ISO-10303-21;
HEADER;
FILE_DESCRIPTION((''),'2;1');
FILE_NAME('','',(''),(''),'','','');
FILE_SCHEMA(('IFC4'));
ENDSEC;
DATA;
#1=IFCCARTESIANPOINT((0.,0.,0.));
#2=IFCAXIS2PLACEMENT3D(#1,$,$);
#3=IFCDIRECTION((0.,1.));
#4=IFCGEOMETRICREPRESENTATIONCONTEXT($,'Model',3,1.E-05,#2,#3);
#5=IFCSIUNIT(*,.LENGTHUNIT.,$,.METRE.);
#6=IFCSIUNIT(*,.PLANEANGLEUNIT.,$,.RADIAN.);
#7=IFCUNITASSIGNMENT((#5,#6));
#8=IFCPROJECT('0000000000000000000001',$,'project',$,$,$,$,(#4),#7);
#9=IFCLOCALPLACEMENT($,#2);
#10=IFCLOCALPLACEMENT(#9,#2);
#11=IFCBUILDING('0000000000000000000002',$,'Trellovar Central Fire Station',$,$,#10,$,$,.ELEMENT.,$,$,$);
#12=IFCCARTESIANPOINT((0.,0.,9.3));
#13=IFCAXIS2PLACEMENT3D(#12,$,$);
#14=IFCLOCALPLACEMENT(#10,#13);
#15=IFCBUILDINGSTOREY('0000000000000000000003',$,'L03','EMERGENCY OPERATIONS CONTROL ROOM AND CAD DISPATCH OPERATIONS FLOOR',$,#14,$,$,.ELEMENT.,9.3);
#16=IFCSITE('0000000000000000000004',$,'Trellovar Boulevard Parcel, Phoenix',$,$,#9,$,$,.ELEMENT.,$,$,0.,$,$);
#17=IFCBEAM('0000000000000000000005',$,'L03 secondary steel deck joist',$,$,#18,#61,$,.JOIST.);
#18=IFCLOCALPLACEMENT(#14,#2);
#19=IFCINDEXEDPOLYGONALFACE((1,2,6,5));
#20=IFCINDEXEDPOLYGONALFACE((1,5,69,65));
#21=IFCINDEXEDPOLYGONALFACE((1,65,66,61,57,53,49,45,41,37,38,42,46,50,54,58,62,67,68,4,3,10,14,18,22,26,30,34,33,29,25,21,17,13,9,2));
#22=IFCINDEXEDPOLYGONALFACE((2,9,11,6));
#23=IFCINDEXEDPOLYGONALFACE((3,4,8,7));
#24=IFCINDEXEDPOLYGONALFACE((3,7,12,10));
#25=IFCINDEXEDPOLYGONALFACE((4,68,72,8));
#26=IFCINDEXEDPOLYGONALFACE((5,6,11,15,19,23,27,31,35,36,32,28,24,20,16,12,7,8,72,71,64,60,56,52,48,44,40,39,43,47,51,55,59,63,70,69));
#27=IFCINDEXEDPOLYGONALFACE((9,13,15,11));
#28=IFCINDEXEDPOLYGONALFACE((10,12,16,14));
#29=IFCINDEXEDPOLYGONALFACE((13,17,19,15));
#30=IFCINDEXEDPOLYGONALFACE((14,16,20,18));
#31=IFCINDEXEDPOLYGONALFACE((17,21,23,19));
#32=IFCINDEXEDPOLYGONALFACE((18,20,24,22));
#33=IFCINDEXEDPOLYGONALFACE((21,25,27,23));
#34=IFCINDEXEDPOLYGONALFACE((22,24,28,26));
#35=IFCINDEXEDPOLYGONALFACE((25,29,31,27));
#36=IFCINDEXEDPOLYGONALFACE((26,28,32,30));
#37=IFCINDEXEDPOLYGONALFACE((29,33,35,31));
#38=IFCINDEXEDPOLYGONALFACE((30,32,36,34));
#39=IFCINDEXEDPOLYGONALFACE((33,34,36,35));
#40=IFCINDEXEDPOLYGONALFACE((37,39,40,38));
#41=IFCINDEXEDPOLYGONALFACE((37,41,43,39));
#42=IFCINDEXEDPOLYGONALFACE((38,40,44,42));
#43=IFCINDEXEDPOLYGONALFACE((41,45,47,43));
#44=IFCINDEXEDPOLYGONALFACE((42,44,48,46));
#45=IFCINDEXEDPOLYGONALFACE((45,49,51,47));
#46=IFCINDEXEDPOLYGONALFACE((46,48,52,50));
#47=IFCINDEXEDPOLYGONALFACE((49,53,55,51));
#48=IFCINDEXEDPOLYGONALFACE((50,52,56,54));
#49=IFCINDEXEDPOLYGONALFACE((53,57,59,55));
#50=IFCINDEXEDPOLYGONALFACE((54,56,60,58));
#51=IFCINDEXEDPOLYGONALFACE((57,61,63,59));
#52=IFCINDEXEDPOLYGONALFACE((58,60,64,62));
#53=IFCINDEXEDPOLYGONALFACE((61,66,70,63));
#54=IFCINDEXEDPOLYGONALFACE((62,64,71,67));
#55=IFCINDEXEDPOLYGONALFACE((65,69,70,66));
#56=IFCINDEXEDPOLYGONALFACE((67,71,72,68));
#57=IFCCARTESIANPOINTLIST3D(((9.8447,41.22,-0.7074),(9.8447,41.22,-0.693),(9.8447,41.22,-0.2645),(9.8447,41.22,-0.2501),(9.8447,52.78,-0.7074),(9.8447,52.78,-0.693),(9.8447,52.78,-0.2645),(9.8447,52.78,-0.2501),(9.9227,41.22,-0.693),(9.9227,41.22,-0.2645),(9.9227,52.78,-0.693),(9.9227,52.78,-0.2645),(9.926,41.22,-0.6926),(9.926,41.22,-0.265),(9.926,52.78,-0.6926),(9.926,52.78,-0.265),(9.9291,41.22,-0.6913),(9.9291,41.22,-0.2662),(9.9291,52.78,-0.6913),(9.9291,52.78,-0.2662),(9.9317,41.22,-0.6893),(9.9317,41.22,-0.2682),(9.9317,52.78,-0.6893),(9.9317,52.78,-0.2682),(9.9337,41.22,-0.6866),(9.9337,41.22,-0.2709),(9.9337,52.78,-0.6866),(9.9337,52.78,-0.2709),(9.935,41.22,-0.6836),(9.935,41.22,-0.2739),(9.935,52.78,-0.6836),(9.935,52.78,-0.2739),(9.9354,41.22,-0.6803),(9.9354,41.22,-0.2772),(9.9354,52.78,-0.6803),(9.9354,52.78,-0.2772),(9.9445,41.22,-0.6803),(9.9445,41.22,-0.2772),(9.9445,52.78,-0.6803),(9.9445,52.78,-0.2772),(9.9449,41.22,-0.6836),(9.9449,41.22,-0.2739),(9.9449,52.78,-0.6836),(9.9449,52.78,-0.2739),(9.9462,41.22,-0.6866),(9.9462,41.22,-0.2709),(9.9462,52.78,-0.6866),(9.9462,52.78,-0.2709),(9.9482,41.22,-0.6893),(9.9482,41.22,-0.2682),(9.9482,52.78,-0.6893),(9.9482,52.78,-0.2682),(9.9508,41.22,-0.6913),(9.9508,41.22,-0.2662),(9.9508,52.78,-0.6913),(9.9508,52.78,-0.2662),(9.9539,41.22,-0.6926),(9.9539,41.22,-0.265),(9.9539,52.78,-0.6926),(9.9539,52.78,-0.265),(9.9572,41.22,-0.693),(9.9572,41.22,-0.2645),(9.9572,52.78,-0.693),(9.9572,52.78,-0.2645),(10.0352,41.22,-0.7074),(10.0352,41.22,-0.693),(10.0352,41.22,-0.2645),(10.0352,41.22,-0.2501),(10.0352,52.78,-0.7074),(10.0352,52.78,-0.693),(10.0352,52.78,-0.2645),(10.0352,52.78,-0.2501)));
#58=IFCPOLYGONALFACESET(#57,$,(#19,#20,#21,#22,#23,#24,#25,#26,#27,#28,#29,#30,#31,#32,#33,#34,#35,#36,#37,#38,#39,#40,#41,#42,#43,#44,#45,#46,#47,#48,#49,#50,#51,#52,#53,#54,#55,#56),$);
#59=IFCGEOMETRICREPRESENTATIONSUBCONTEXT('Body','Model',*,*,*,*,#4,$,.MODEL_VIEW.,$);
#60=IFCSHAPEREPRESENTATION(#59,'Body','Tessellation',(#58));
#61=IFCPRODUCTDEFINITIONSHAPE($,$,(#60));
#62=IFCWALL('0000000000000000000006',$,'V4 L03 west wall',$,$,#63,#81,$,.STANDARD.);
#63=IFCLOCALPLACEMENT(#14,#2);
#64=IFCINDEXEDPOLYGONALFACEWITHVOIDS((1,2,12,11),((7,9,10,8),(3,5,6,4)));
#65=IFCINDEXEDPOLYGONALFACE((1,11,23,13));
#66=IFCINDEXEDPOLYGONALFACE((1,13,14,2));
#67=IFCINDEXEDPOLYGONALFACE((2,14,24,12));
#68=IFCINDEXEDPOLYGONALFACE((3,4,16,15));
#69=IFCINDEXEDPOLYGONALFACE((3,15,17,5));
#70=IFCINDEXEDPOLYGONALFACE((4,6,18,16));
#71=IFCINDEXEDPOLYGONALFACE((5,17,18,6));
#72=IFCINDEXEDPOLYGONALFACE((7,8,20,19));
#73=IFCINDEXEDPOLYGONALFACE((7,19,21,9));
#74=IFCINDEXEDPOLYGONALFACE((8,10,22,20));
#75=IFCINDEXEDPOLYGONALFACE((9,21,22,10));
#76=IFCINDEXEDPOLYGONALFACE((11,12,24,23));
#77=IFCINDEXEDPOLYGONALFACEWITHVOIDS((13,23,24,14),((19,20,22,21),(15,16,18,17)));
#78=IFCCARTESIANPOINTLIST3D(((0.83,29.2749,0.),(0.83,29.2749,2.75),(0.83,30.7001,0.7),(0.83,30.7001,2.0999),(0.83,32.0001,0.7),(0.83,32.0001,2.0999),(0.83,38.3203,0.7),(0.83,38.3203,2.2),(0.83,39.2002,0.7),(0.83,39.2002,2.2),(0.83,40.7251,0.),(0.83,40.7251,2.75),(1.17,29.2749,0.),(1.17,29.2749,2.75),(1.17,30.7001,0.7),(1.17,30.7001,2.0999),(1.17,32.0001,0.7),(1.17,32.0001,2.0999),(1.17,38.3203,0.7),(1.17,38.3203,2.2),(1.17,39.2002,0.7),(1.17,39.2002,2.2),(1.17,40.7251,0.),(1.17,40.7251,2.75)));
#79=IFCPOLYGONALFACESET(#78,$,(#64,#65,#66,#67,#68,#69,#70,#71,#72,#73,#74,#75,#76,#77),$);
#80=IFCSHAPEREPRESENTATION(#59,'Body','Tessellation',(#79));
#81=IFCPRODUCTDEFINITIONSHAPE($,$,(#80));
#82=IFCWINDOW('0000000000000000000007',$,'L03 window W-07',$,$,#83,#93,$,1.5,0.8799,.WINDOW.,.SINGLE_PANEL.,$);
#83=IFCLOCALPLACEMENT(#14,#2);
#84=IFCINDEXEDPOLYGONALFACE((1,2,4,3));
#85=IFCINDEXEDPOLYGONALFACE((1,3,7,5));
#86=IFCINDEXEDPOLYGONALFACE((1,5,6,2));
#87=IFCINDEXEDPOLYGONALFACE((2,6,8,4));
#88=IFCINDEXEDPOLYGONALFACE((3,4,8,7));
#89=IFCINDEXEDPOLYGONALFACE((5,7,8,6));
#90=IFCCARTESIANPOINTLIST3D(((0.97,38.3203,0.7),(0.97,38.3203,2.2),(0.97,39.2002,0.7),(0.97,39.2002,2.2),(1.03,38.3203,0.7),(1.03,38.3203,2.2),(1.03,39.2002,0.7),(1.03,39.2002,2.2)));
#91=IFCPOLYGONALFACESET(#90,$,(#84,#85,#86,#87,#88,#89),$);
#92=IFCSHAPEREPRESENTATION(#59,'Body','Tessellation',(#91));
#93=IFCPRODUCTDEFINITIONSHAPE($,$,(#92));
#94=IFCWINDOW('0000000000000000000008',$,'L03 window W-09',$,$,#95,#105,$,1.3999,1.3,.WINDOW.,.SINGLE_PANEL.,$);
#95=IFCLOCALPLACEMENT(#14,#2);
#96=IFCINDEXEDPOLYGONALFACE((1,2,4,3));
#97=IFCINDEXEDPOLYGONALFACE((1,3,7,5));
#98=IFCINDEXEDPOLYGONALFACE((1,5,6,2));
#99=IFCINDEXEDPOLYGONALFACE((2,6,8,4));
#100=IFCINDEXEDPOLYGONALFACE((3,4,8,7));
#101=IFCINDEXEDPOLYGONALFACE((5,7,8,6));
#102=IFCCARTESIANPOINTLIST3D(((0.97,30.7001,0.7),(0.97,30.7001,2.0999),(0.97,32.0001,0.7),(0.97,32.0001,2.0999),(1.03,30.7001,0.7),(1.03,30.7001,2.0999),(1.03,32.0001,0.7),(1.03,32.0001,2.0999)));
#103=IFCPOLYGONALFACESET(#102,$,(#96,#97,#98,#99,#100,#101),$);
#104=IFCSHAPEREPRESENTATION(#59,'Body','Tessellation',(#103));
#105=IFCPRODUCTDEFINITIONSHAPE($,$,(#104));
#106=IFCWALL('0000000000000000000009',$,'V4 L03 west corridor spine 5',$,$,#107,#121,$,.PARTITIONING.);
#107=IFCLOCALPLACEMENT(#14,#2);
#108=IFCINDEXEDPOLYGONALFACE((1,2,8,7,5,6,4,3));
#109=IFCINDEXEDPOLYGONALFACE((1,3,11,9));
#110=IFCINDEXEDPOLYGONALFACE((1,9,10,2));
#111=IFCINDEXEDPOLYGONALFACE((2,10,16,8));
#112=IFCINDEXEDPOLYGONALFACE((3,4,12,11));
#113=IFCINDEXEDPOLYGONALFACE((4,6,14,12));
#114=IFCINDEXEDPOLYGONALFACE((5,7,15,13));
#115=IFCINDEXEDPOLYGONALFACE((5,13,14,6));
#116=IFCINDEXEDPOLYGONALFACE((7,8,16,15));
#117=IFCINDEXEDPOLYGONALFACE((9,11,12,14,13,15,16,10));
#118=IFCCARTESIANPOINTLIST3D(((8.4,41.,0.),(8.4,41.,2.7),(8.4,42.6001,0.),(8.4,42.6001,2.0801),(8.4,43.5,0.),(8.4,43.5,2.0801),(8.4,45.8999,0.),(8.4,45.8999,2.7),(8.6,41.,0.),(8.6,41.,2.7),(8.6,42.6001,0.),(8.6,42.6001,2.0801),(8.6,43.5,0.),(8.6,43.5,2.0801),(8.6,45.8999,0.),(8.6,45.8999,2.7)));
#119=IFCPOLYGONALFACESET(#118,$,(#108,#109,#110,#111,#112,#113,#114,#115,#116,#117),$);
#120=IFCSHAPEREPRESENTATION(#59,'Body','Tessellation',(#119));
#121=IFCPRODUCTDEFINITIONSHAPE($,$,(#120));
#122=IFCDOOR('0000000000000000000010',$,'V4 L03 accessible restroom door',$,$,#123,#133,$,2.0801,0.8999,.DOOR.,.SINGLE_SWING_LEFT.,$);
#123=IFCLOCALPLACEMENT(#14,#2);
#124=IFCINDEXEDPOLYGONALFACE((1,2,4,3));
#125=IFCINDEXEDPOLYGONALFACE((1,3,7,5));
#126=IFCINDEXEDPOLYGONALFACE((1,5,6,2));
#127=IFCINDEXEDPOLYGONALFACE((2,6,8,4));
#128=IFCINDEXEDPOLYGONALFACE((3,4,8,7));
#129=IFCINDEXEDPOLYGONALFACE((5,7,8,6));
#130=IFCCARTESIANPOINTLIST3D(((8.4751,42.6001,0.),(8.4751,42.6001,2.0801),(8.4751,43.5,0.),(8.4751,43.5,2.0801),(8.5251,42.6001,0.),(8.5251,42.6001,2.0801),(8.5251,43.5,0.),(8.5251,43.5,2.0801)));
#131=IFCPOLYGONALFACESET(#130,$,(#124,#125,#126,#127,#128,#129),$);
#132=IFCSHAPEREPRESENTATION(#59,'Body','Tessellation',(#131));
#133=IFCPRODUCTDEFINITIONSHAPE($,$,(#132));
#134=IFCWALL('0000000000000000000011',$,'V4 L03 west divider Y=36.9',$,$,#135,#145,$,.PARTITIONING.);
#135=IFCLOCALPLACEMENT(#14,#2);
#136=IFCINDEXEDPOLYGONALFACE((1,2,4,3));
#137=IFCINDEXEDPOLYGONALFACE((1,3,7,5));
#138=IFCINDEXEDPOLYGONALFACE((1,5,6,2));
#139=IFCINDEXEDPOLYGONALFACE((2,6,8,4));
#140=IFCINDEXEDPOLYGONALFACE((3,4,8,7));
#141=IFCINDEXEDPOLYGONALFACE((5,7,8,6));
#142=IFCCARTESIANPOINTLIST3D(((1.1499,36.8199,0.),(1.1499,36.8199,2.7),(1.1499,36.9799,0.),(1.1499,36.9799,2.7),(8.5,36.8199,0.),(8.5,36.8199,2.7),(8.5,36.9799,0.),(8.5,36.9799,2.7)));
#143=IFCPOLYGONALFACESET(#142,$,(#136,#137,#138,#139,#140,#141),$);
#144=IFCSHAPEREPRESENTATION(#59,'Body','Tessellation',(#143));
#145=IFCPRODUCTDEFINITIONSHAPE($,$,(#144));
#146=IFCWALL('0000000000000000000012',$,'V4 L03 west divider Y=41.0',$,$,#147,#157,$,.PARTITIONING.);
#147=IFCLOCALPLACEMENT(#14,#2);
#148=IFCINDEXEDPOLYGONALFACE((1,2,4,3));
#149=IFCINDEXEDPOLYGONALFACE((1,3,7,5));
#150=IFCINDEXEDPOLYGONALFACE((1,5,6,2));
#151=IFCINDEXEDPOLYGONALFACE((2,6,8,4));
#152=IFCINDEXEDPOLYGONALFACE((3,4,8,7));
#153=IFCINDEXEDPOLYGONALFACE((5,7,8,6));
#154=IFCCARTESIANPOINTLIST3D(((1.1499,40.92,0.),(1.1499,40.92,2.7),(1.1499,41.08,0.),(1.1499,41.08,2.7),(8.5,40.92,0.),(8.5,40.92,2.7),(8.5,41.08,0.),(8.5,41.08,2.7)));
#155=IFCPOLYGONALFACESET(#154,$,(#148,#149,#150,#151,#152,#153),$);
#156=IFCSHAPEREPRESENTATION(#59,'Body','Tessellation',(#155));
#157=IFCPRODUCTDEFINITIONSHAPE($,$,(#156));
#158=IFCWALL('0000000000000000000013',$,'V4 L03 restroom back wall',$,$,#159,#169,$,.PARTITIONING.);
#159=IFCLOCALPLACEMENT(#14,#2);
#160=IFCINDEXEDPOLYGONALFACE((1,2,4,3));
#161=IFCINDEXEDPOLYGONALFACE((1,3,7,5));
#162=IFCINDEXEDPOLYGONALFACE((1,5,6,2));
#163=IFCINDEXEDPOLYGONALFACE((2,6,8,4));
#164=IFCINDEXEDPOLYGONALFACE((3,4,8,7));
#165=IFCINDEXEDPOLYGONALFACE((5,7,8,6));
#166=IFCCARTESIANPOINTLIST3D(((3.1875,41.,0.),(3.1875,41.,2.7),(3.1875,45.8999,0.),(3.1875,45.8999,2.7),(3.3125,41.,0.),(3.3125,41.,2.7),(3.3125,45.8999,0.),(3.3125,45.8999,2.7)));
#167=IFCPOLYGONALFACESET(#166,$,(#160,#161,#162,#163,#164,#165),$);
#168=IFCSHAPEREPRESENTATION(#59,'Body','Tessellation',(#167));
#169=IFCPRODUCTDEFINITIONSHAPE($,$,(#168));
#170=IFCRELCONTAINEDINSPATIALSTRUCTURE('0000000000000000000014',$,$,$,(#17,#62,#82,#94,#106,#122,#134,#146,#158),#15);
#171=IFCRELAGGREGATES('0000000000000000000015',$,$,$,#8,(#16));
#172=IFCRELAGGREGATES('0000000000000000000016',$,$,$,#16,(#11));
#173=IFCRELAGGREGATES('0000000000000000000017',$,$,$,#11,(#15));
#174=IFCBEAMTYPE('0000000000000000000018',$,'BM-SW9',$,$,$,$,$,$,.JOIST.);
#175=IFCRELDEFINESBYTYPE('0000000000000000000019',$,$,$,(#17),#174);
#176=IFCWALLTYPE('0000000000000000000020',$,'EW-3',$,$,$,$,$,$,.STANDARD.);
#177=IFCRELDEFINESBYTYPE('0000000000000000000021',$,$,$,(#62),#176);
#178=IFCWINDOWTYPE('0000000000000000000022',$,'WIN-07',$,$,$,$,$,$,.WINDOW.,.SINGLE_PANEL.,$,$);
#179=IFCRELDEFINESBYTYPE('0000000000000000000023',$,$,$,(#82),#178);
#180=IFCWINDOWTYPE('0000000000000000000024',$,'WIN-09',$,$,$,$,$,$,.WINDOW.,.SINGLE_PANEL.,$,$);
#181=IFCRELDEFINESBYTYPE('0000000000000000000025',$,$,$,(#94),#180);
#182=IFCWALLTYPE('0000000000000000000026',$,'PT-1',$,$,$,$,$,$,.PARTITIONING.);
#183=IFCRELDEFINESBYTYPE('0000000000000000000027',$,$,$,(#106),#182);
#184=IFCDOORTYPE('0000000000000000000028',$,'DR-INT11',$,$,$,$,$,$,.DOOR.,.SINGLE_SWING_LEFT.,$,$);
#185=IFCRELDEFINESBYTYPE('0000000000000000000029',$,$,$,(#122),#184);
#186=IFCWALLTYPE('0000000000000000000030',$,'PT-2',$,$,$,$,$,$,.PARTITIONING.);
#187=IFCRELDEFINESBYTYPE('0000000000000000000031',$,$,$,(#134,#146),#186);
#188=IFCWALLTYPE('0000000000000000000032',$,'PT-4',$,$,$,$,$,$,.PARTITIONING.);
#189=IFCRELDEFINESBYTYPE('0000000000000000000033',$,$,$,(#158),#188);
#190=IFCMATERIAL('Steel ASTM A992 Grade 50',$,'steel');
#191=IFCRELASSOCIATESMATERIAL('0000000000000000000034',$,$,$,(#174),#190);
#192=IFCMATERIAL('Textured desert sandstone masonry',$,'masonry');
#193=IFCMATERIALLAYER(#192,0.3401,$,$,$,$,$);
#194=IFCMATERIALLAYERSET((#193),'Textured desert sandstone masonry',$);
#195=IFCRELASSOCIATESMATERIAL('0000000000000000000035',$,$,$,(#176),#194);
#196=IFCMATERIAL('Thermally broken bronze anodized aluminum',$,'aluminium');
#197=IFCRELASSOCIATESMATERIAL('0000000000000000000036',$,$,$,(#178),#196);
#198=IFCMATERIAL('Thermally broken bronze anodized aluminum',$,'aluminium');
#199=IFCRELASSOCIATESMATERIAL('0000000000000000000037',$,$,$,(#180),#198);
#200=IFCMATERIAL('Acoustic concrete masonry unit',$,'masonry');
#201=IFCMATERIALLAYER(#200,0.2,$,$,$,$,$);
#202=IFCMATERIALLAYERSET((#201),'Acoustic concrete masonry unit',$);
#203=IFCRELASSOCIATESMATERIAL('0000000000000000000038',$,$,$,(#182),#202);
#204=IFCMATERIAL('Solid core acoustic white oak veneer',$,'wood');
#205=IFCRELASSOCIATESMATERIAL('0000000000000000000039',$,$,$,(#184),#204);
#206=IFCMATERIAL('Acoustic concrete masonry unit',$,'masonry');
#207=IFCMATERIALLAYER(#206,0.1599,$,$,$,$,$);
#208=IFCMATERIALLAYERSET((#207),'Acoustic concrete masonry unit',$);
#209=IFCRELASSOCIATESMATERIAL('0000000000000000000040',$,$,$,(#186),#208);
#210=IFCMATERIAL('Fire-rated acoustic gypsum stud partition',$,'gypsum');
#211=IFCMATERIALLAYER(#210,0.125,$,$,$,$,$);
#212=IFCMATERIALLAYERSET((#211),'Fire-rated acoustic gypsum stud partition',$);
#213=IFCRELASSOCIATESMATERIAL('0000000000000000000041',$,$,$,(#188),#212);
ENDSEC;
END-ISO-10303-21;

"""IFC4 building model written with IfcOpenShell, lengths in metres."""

from ifc_helpers import new_model, si_unit, direction, frame, frame_2d, origin, origin_2d, place, context, subcontext, project, spatial, rectangle, i_section, extrude, material, layer, layer_set, material_profile, profile_set, type_object, element, fill, save


model = new_model("IFC4")

# Units and contexts
model_context = context("Model", 3, precision=1e-05, world=origin(), true_north=direction((0.0, 1.0)))
body_context = subcontext(model_context, "Body", "Model", "MODEL_VIEW")
ifc_project = project(units=[si_unit("LENGTHUNIT", "METRE"), si_unit("PLANEANGLEUNIT", "RADIAN")], contexts=[model_context])

# Site, building, storey
site_placement = place(None, origin())
site = spatial("IfcSite", under=ifc_project, at=site_placement, Name="Trellovar Boulevard Parcel, Phoenix", CompositionType="ELEMENT", RefElevation=0.0)
building_placement = place(site_placement, origin())
building = spatial("IfcBuilding", under=site, at=building_placement, Name="Trellovar Central Fire Station", CompositionType="ELEMENT")
storey_placement = place(building_placement, frame((0.0, 0.0, 9.3)))
storey = spatial("IfcBuildingStorey", under=building, at=storey_placement, Name="L03", Description="EMERGENCY OPERATIONS CONTROL ROOM AND CAD DISPATCH OPERATIONS FLOOR", CompositionType="ELEMENT", Elevation=9.3)

# Beam
ifc_material_1 = material(Name="Steel ASTM A992 Grade 50", Category="steel")
ifc_material_profile_1 = material_profile(ifc_material_1, i_section(OverallWidth=0.1904, OverallDepth=0.4573, WebThickness=0.009, FlangeThickness=0.0144, FilletRadius=0.0127, at=origin_2d()), Name="W18X50")
ifc_profile_set_1 = profile_set([ifc_material_profile_1], Name="Steel ASTM A992 Grade 50")
beam_type_1 = type_object("IfcBeamType", Name="BM-SW9", PredefinedType="JOIST", material=ifc_profile_set_1)
for number, where, z_axis, x_axis, name in (
    (1, (9.9399, 41.22, -0.4788), (0.0, 1.0, 0.0), (-1.0, 0.0, 0.0), "L03 secondary steel deck joist"),
):
    element("IfcBeam", number, at=place(storey_placement, frame(where, z_axis=z_axis, x_axis=x_axis)), inside=storey, type_object=beam_type_1, Name=name, PredefinedType="JOIST", context=body_context, shape_type="SweptSolid", body=[
        extrude(i_section(OverallWidth=0.1904, OverallDepth=0.4573, WebThickness=0.009, FlangeThickness=0.0144, FilletRadius=0.0127, at=origin_2d()), origin(), (0.0, 0.0, 1.0), 11.5601),
    ])

# Wall, openings, windows
ifc_material_2 = material(Name="Textured desert sandstone masonry", Category="masonry")
ifc_layer_1 = layer(ifc_material_2, 0.3401)
ifc_layer_set_1 = layer_set([ifc_layer_1], Name="Textured desert sandstone masonry")
wall_type_1 = type_object("IfcWallType", Name="EW-3", PredefinedType="STANDARD", material=ifc_layer_set_1)
wall_1_placement = place(storey_placement, frame((1.0, 40.7251, 0.0), z_axis=(0.0, 0.0, 1.0), x_axis=(0.0, -1.0, 0.0)))
wall_1 = element("IfcWall", 2, at=wall_1_placement, inside=storey, type_object=wall_type_1, Name="V4 L03 west wall", PredefinedType="STANDARD", context=body_context, shape_type="SweptSolid", body=[
    extrude(rectangle(XDim=11.4502, YDim=0.3401, at=frame_2d((5.7251, 0.0))), origin(), (0.0, 0.0, 1.0), 2.75),
])
opening_1_placement = place(wall_1_placement, frame((1.5249, 0.0, 0.7)))
opening_1 = element("IfcOpeningElement", 3, at=opening_1_placement, cuts=wall_1, PredefinedType="OPENING", context=body_context, shape_type="SweptSolid", body=[
    extrude(rectangle(XDim=0.8799, YDim=1.5, at=frame_2d((0.4399, 0.75))), frame((0.0, 0.1799, 0.0), z_axis=(0.0, -1.0, 0.0), x_axis=(1.0, 0.0, 0.0)), (0.0, 0.0, 1.0), 0.3601),
])
opening_2_placement = place(wall_1_placement, frame((8.7251, 0.0, 0.7)))
opening_2 = element("IfcOpeningElement", 4, at=opening_2_placement, cuts=wall_1, PredefinedType="OPENING", context=body_context, shape_type="SweptSolid", body=[
    extrude(rectangle(XDim=1.3, YDim=1.3999, at=frame_2d((0.6499, 0.7))), frame((0.0, 0.1799, 0.0), z_axis=(0.0, -1.0, 0.0), x_axis=(1.0, 0.0, 0.0)), (0.0, 0.0, 1.0), 0.3601),
])
ifc_material_3 = material(Name="Thermally broken bronze anodized aluminum", Category="aluminium")
window_type_1 = type_object("IfcWindowType", Name="WIN-07", PartitioningType="SINGLE_PANEL", PredefinedType="WINDOW", material=ifc_material_3)
window_1_placement = place(opening_1_placement, origin())
window_1 = element("IfcWindow", 5, at=window_1_placement, inside=storey, type_object=window_type_1, Name="L03 window W-07", OverallHeight=1.5, OverallWidth=0.8799, PartitioningType="SINGLE_PANEL", PredefinedType="WINDOW", context=body_context, shape_type="SweptSolid", body=[
    extrude(rectangle(XDim=0.8799, YDim=1.5, at=frame_2d((0.4399, 0.75))), frame((0.0, 0.03, 0.0), z_axis=(0.0, -1.0, 0.0), x_axis=(1.0, 0.0, 0.0)), (0.0, 0.0, 1.0), 0.0601),
])
fill(opening_1, window_1)
ifc_material_4 = material(Name="Thermally broken bronze anodized aluminum", Category="aluminium")
window_type_2 = type_object("IfcWindowType", Name="WIN-09", PartitioningType="SINGLE_PANEL", PredefinedType="WINDOW", material=ifc_material_4)
window_2_placement = place(opening_2_placement, origin())
window_2 = element("IfcWindow", 6, at=window_2_placement, inside=storey, type_object=window_type_2, Name="L03 window W-09", OverallHeight=1.3999, OverallWidth=1.3, PartitioningType="SINGLE_PANEL", PredefinedType="WINDOW", context=body_context, shape_type="SweptSolid", body=[
    extrude(rectangle(XDim=1.3, YDim=1.3999, at=frame_2d((0.6499, 0.7))), frame((0.0, 0.03, 0.0), z_axis=(0.0, -1.0, 0.0), x_axis=(1.0, 0.0, 0.0)), (0.0, 0.0, 1.0), 0.0601),
])
fill(opening_2, window_2)

# Wall, opening, door
ifc_material_5 = material(Name="Acoustic concrete masonry unit", Category="masonry")
ifc_layer_2 = layer(ifc_material_5, 0.2)
ifc_layer_set_2 = layer_set([ifc_layer_2], Name="Acoustic concrete masonry unit")
wall_type_2 = type_object("IfcWallType", Name="PT-1", PredefinedType="PARTITIONING", material=ifc_layer_set_2)
wall_2_placement = place(storey_placement, frame((8.5, 41.0, 0.0), z_axis=(0.0, 0.0, 1.0), x_axis=(0.0, 1.0, 0.0)))
wall_2 = element("IfcWall", 7, at=wall_2_placement, inside=storey, type_object=wall_type_2, Name="V4 L03 west corridor spine 5", PredefinedType="PARTITIONING", context=body_context, shape_type="SweptSolid", body=[
    extrude(rectangle(XDim=4.8999, YDim=0.2, at=frame_2d((2.45, 0.0))), origin(), (0.0, 0.0, 1.0), 2.7),
])
opening_3_placement = place(wall_2_placement, frame((1.6001, 0.0, 0.0)))
opening_3 = element("IfcOpeningElement", 8, at=opening_3_placement, cuts=wall_2, PredefinedType="OPENING", context=body_context, shape_type="SweptSolid", body=[
    extrude(rectangle(XDim=0.8999, YDim=2.0801, at=frame_2d((0.45, 1.04))), frame((0.0, 0.1099, 0.0), z_axis=(0.0, -1.0, 0.0), x_axis=(1.0, 0.0, 0.0)), (0.0, 0.0, 1.0), 0.22),
])
ifc_material_6 = material(Name="Solid core acoustic white oak veneer", Category="wood")
door_type = type_object("IfcDoorType", Name="DR-INT11", OperationType="SINGLE_SWING_LEFT", PredefinedType="DOOR", material=ifc_material_6)
door_placement = place(opening_3_placement, origin())
door = element("IfcDoor", 9, at=door_placement, inside=storey, type_object=door_type, Name="V4 L03 accessible restroom door", OperationType="SINGLE_SWING_LEFT", OverallHeight=2.0801, OverallWidth=0.8999, PredefinedType="DOOR", context=body_context, shape_type="SweptSolid", body=[
    extrude(rectangle(XDim=0.8999, YDim=2.0801, at=frame_2d((0.45, 1.04))), frame((0.0, 0.0249, 0.0), z_axis=(0.0, -1.0, 0.0), x_axis=(1.0, 0.0, 0.0)), (0.0, 0.0, 1.0), 0.05),
])
fill(opening_3, door)

# Walls
ifc_material_7 = material(Name="Acoustic concrete masonry unit", Category="masonry")
ifc_layer_3 = layer(ifc_material_7, 0.1599)
ifc_layer_set_3 = layer_set([ifc_layer_3], Name="Acoustic concrete masonry unit")
wall_type_3 = type_object("IfcWallType", Name="PT-2", PredefinedType="PARTITIONING", material=ifc_layer_set_3)
for number, where, z_axis, x_axis, name in (
    (10, (1.1499, 36.8999, 0.0), (0.0, 0.0, 1.0), (1.0, 0.0, 0.0), "V4 L03 west divider Y=36.9"),
    (11, (1.1499, 41.0, 0.0), (0.0, 0.0, 1.0), (1.0, 0.0, 0.0), "V4 L03 west divider Y=41.0"),
):
    element("IfcWall", number, at=place(storey_placement, frame(where, z_axis=z_axis, x_axis=x_axis)), inside=storey, type_object=wall_type_3, Name=name, PredefinedType="PARTITIONING", context=body_context, shape_type="SweptSolid", body=[
        extrude(rectangle(XDim=7.3501, YDim=0.1599, at=frame_2d((3.675, 0.0))), origin(), (0.0, 0.0, 1.0), 2.7),
    ])
ifc_material_8 = material(Name="Fire-rated acoustic gypsum stud partition", Category="gypsum")
ifc_layer_4 = layer(ifc_material_8, 0.125)
ifc_layer_set_4 = layer_set([ifc_layer_4], Name="Fire-rated acoustic gypsum stud partition")
wall_type_4 = type_object("IfcWallType", Name="PT-4", PredefinedType="PARTITIONING", material=ifc_layer_set_4)
wall_3_placement = place(storey_placement, frame((3.25, 41.0, 0.0), z_axis=(0.0, 0.0, 1.0), x_axis=(0.0, 1.0, 0.0)))
element("IfcWall", 12, at=wall_3_placement, inside=storey, type_object=wall_type_4, Name="V4 L03 restroom back wall", PredefinedType="PARTITIONING", context=body_context, shape_type="SweptSolid", body=[
    extrude(rectangle(XDim=4.8999, YDim=0.125, at=frame_2d((2.45, 0.0))), origin(), (0.0, 0.0, 1.0), 2.7),
])

save(model, "model.ifc")
